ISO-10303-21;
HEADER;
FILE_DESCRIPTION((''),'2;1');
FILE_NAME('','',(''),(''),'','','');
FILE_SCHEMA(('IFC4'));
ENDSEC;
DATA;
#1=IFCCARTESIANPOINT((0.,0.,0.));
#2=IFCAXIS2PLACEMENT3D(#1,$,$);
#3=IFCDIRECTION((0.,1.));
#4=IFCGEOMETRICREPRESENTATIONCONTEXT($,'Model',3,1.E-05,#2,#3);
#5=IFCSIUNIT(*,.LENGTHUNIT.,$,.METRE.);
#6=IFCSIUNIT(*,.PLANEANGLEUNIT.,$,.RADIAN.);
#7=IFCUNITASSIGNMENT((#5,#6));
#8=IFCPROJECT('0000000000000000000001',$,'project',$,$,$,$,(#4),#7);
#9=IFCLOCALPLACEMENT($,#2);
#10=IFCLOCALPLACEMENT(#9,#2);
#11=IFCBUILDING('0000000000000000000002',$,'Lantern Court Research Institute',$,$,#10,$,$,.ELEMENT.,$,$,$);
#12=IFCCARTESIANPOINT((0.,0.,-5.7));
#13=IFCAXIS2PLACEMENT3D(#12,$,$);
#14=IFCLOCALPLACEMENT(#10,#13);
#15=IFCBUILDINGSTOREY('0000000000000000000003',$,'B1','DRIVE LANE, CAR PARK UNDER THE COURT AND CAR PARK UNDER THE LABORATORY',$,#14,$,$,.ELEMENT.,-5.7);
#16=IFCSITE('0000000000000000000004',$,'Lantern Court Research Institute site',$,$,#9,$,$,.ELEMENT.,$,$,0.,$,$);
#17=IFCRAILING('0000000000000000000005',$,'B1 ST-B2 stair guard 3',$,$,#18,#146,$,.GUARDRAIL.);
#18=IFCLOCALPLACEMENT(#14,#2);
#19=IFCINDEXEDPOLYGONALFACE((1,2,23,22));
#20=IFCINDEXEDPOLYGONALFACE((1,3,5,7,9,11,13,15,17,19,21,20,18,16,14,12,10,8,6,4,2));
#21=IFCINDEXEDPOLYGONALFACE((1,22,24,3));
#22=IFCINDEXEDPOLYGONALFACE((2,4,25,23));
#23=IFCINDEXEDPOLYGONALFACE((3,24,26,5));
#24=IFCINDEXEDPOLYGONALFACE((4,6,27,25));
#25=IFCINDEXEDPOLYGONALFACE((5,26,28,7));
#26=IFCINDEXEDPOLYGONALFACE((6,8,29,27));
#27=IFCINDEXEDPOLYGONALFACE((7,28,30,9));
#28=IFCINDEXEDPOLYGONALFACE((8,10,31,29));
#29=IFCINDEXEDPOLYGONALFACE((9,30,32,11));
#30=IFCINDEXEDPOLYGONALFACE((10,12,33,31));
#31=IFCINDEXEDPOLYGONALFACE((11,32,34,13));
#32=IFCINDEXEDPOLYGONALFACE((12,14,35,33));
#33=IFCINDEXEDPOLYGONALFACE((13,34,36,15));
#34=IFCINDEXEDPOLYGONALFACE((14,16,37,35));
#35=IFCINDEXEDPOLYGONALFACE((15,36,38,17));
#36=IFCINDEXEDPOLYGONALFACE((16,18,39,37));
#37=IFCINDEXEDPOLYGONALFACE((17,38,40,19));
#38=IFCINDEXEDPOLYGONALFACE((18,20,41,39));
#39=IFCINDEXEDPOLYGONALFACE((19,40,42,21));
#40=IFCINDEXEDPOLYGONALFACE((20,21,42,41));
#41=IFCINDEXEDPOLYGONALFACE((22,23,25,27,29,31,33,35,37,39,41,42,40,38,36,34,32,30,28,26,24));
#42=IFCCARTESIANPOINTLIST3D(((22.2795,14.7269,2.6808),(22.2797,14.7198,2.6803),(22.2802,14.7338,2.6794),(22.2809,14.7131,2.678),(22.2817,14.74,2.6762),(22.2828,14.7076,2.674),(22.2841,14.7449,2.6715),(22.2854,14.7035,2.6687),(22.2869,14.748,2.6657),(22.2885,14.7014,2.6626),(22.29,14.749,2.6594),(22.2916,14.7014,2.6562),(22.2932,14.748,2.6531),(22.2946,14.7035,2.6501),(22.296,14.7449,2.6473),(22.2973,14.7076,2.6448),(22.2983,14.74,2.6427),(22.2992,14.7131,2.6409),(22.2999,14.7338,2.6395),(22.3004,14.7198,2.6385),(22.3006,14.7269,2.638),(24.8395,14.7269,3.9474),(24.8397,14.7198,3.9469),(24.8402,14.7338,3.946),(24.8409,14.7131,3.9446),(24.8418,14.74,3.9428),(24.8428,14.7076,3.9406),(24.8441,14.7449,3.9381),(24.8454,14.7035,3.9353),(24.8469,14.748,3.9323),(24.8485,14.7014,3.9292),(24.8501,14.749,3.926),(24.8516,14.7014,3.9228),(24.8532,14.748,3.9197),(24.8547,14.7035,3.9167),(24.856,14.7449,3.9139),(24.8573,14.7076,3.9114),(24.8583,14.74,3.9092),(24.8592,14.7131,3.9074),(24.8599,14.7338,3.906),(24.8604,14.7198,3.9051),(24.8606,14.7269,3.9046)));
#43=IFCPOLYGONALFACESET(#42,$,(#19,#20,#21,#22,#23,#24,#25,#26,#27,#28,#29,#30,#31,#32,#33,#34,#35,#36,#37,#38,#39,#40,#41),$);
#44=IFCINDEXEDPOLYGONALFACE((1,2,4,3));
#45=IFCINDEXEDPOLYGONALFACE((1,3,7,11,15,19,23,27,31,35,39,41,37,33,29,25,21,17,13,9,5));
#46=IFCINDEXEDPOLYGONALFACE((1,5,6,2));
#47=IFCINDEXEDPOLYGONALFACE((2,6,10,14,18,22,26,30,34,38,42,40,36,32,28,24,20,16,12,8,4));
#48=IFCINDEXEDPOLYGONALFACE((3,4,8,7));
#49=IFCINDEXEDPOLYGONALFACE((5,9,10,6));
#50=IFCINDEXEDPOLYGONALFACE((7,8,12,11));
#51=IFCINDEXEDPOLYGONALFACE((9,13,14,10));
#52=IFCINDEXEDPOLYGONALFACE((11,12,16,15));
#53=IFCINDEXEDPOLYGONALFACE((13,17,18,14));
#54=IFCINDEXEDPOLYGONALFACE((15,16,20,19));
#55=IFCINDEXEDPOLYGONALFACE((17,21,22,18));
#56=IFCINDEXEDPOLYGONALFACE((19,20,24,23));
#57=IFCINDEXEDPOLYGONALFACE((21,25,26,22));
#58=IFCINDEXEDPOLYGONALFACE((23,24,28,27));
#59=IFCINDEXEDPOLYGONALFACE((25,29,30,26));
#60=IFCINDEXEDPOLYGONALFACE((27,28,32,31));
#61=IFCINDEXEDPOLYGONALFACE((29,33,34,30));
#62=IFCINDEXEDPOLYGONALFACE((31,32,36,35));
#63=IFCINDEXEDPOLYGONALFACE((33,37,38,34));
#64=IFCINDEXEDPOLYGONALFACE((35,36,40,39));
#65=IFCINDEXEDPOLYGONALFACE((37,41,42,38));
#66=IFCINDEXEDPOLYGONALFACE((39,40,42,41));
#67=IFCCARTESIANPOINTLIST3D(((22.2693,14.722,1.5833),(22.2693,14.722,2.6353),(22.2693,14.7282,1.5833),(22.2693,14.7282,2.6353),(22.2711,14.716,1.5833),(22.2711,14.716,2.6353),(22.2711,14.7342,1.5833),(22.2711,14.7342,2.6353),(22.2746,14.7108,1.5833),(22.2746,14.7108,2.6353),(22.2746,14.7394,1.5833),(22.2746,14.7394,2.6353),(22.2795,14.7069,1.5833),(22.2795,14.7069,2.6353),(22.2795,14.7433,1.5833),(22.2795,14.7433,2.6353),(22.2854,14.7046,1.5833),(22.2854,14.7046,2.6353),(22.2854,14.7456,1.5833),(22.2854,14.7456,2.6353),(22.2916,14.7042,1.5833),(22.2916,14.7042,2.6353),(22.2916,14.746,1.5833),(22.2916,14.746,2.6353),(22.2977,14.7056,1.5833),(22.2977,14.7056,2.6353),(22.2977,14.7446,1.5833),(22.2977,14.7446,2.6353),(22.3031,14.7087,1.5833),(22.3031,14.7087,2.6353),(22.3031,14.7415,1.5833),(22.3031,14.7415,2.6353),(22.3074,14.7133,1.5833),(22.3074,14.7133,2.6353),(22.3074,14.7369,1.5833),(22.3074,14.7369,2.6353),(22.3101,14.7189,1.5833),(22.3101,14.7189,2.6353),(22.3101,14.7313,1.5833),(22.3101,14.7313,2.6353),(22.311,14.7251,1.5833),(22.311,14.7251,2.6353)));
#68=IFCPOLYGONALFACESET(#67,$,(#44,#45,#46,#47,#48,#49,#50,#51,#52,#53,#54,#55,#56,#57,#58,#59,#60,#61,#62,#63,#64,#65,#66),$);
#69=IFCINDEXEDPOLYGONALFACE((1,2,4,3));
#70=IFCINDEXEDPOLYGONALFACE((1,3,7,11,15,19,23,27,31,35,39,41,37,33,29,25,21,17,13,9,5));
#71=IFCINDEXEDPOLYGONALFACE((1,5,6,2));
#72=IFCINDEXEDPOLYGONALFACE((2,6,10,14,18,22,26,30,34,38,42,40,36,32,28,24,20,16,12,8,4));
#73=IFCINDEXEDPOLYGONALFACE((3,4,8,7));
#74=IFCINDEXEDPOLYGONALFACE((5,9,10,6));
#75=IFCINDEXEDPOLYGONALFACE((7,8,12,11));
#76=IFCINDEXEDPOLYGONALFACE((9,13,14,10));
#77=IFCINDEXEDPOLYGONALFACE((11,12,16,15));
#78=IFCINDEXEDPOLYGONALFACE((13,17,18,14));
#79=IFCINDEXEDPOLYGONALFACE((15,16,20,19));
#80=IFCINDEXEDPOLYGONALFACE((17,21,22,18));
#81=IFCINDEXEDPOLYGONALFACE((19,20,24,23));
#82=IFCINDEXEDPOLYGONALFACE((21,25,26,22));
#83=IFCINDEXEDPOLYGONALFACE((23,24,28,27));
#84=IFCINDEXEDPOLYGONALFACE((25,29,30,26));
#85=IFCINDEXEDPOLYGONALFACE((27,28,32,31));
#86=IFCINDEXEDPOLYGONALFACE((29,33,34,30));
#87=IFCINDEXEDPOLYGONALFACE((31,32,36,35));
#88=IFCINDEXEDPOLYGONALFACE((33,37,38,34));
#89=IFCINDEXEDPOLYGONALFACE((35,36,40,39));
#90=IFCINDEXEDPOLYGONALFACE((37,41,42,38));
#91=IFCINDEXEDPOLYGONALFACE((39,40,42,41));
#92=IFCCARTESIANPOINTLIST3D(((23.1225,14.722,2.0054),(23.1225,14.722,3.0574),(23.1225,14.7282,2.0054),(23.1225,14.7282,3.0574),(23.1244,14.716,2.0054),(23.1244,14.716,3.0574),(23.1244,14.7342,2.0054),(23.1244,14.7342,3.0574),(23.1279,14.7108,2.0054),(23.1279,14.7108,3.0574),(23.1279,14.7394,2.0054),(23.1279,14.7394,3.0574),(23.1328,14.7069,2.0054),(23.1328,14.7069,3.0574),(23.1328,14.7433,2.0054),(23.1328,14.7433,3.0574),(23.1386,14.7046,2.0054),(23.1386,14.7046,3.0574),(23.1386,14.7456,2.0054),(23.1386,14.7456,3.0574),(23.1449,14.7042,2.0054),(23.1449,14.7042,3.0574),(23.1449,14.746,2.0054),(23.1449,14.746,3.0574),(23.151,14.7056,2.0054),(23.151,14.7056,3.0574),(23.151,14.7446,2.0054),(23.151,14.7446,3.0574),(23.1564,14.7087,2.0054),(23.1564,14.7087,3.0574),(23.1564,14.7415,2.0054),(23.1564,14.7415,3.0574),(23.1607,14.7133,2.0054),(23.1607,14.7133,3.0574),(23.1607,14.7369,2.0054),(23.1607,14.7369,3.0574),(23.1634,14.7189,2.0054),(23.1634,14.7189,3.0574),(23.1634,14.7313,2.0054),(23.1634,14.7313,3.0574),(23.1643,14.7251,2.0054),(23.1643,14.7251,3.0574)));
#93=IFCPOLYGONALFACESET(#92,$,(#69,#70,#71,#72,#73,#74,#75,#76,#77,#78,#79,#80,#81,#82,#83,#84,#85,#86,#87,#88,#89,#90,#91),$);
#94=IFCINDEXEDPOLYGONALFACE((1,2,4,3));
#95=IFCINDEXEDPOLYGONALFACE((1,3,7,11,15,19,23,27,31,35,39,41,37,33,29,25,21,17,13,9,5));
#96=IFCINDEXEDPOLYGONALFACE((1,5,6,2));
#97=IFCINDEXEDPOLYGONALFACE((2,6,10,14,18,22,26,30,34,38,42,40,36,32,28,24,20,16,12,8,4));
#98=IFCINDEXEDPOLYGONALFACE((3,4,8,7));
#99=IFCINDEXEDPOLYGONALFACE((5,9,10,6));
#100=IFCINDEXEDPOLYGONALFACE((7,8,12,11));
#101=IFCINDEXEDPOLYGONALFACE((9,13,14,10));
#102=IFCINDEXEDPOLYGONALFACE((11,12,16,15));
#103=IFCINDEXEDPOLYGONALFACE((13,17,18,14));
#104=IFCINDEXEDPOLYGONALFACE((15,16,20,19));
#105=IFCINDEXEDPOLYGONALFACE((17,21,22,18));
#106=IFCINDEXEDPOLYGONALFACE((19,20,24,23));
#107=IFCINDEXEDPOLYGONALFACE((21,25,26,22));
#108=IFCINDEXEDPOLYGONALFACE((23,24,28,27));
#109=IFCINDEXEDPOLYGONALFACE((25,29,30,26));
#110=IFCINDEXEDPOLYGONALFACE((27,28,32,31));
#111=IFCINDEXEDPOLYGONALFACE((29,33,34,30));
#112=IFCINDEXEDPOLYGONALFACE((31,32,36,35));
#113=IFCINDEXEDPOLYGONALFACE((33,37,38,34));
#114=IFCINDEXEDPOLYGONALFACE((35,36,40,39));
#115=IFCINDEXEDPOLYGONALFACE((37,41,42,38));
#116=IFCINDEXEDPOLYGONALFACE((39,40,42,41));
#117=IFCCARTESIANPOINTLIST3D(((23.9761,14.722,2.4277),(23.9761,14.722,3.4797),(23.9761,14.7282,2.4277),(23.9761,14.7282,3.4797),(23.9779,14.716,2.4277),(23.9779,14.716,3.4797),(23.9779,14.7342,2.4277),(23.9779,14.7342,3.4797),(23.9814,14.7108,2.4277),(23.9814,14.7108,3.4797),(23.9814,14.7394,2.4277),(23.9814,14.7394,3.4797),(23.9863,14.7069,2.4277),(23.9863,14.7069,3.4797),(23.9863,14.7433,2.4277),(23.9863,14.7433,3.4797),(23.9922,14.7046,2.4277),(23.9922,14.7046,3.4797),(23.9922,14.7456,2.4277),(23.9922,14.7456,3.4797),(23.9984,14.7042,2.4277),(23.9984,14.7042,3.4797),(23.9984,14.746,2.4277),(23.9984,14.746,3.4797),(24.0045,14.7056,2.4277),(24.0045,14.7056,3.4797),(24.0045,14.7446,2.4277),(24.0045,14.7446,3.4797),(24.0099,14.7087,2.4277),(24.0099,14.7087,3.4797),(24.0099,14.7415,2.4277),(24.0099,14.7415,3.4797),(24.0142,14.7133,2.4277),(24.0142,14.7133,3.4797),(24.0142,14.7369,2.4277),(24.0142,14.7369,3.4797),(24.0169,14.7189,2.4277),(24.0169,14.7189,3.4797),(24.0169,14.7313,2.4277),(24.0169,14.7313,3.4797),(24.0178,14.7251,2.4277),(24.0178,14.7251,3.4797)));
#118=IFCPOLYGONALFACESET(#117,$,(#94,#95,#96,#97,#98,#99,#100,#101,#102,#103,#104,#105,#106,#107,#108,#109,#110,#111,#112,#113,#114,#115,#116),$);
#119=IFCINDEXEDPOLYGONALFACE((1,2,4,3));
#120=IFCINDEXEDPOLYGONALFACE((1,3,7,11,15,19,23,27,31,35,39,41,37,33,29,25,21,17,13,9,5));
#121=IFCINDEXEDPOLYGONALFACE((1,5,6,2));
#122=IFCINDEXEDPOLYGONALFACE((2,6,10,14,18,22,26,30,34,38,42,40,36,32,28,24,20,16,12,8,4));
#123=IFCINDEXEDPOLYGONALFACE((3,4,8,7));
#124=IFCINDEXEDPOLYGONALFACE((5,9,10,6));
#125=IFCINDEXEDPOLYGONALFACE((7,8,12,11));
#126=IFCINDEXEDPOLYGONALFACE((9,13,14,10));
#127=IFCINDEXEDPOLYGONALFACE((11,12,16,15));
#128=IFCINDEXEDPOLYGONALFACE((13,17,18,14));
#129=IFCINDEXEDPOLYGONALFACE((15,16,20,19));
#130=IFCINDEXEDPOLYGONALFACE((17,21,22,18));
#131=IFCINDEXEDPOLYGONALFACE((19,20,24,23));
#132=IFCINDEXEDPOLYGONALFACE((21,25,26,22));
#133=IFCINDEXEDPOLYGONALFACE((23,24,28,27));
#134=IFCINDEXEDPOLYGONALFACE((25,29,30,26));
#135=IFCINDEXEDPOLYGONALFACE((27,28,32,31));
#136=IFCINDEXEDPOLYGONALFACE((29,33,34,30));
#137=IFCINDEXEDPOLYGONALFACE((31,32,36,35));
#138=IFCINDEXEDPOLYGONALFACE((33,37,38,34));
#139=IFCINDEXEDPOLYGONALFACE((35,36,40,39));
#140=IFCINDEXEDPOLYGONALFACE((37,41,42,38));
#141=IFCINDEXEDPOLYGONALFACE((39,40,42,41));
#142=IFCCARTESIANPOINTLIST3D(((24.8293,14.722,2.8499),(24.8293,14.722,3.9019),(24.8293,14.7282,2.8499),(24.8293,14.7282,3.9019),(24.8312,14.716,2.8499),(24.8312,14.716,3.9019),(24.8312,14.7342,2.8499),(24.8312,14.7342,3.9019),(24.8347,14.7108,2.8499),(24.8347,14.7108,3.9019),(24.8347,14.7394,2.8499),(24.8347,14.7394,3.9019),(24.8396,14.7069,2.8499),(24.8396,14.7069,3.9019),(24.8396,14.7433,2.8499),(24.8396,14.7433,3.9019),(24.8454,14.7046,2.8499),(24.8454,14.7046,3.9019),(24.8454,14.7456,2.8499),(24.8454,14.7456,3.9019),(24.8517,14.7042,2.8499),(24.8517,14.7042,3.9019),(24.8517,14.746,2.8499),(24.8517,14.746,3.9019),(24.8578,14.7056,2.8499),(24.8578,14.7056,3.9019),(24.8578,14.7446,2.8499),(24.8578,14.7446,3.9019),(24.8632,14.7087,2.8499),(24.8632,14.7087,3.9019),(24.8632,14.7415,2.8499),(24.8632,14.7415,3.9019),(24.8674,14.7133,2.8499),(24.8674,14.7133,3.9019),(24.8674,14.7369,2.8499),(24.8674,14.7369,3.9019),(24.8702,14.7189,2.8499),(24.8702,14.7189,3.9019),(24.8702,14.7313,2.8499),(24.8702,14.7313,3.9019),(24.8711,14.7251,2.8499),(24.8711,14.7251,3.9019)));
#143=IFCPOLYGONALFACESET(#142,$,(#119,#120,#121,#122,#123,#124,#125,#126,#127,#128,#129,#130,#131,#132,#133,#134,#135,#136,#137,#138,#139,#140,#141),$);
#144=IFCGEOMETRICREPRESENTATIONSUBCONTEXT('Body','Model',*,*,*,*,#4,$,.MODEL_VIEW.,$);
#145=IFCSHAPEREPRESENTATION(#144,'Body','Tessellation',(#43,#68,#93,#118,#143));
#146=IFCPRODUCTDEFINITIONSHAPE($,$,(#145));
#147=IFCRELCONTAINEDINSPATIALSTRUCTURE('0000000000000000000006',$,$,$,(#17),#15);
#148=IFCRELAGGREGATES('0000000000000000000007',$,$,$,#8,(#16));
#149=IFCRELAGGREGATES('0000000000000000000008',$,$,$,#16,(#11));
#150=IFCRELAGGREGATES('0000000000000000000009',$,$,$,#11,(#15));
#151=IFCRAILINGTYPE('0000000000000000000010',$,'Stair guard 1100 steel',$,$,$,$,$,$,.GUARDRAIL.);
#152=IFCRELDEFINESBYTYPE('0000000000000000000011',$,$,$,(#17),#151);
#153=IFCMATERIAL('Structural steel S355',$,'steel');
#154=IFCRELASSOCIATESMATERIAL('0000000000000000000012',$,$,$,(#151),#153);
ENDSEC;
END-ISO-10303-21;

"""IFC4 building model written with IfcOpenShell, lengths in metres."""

from ifc_helpers import new_model, si_unit, direction, frame, origin, origin_2d, place, context, subcontext, project, spatial, circle, extrude, material, type_object, element, save


model = new_model("IFC4")

# Units and contexts
model_context = context("Model", 3, precision=1e-05, world=origin(), true_north=direction((0.0, 1.0)))
body_context = subcontext(model_context, "Body", "Model", "MODEL_VIEW")
ifc_project = project(units=[si_unit("LENGTHUNIT", "METRE"), si_unit("PLANEANGLEUNIT", "RADIAN")], contexts=[model_context])

# Site, building, storey
site_placement = place(None, origin())
site = spatial("IfcSite", under=ifc_project, at=site_placement, Name="Lantern Court Research Institute site", CompositionType="ELEMENT", RefElevation=0.0)
building_placement = place(site_placement, origin())
building = spatial("IfcBuilding", under=site, at=building_placement, Name="Lantern Court Research Institute", CompositionType="ELEMENT")
storey_placement = place(building_placement, frame((0.0, 0.0, -5.7)))
storey = spatial("IfcBuildingStorey", under=building, at=storey_placement, Name="B1", Description="DRIVE LANE, CAR PARK UNDER THE COURT AND CAR PARK UNDER THE LABORATORY", CompositionType="ELEMENT", Elevation=-5.7)

# Railing
ifc_material_1 = material(Name="Structural steel S355", Category="steel")
railing_type_1 = type_object("IfcRailingType", Name="Stair guard 1100 steel", PredefinedType="GUARDRAIL", material=ifc_material_1)
railing_1_placement = place(storey_placement, frame((22.29, 14.7251, 1.5833)))
element("IfcRailing", 1, at=railing_1_placement, inside=storey, type_object=railing_type_1, Name="B1 ST-B2 stair guard 3", PredefinedType="GUARDRAIL", context=body_context, shape_type="SweptSolid", body=[
    extrude(circle(Radius=0.0239, at=origin_2d()), frame((0.0, 0.0, 1.0762), z_axis=(0.8963, 0.0, 0.443449), x_axis=(0.0, 1.0, 0.0)), (0.0, 0.0, 1.0), 2.8562),
    extrude(circle(Radius=0.021, at=origin_2d()), origin(), (0.0, 0.0, 1.0), 1.052),
    extrude(circle(Radius=0.021, at=origin_2d()), frame((0.8533, 0.0, 0.4221)), (0.0, 0.0, 1.0), 1.052),
    extrude(circle(Radius=0.021, at=origin_2d()), frame((1.7068, 0.0, 0.8445)), (0.0, 0.0, 1.0), 1.052),
    extrude(circle(Radius=0.021, at=origin_2d()), frame((2.5601, 0.0, 1.2666)), (0.0, 0.0, 1.0), 1.052),
])

save(model, "model.ifc")
